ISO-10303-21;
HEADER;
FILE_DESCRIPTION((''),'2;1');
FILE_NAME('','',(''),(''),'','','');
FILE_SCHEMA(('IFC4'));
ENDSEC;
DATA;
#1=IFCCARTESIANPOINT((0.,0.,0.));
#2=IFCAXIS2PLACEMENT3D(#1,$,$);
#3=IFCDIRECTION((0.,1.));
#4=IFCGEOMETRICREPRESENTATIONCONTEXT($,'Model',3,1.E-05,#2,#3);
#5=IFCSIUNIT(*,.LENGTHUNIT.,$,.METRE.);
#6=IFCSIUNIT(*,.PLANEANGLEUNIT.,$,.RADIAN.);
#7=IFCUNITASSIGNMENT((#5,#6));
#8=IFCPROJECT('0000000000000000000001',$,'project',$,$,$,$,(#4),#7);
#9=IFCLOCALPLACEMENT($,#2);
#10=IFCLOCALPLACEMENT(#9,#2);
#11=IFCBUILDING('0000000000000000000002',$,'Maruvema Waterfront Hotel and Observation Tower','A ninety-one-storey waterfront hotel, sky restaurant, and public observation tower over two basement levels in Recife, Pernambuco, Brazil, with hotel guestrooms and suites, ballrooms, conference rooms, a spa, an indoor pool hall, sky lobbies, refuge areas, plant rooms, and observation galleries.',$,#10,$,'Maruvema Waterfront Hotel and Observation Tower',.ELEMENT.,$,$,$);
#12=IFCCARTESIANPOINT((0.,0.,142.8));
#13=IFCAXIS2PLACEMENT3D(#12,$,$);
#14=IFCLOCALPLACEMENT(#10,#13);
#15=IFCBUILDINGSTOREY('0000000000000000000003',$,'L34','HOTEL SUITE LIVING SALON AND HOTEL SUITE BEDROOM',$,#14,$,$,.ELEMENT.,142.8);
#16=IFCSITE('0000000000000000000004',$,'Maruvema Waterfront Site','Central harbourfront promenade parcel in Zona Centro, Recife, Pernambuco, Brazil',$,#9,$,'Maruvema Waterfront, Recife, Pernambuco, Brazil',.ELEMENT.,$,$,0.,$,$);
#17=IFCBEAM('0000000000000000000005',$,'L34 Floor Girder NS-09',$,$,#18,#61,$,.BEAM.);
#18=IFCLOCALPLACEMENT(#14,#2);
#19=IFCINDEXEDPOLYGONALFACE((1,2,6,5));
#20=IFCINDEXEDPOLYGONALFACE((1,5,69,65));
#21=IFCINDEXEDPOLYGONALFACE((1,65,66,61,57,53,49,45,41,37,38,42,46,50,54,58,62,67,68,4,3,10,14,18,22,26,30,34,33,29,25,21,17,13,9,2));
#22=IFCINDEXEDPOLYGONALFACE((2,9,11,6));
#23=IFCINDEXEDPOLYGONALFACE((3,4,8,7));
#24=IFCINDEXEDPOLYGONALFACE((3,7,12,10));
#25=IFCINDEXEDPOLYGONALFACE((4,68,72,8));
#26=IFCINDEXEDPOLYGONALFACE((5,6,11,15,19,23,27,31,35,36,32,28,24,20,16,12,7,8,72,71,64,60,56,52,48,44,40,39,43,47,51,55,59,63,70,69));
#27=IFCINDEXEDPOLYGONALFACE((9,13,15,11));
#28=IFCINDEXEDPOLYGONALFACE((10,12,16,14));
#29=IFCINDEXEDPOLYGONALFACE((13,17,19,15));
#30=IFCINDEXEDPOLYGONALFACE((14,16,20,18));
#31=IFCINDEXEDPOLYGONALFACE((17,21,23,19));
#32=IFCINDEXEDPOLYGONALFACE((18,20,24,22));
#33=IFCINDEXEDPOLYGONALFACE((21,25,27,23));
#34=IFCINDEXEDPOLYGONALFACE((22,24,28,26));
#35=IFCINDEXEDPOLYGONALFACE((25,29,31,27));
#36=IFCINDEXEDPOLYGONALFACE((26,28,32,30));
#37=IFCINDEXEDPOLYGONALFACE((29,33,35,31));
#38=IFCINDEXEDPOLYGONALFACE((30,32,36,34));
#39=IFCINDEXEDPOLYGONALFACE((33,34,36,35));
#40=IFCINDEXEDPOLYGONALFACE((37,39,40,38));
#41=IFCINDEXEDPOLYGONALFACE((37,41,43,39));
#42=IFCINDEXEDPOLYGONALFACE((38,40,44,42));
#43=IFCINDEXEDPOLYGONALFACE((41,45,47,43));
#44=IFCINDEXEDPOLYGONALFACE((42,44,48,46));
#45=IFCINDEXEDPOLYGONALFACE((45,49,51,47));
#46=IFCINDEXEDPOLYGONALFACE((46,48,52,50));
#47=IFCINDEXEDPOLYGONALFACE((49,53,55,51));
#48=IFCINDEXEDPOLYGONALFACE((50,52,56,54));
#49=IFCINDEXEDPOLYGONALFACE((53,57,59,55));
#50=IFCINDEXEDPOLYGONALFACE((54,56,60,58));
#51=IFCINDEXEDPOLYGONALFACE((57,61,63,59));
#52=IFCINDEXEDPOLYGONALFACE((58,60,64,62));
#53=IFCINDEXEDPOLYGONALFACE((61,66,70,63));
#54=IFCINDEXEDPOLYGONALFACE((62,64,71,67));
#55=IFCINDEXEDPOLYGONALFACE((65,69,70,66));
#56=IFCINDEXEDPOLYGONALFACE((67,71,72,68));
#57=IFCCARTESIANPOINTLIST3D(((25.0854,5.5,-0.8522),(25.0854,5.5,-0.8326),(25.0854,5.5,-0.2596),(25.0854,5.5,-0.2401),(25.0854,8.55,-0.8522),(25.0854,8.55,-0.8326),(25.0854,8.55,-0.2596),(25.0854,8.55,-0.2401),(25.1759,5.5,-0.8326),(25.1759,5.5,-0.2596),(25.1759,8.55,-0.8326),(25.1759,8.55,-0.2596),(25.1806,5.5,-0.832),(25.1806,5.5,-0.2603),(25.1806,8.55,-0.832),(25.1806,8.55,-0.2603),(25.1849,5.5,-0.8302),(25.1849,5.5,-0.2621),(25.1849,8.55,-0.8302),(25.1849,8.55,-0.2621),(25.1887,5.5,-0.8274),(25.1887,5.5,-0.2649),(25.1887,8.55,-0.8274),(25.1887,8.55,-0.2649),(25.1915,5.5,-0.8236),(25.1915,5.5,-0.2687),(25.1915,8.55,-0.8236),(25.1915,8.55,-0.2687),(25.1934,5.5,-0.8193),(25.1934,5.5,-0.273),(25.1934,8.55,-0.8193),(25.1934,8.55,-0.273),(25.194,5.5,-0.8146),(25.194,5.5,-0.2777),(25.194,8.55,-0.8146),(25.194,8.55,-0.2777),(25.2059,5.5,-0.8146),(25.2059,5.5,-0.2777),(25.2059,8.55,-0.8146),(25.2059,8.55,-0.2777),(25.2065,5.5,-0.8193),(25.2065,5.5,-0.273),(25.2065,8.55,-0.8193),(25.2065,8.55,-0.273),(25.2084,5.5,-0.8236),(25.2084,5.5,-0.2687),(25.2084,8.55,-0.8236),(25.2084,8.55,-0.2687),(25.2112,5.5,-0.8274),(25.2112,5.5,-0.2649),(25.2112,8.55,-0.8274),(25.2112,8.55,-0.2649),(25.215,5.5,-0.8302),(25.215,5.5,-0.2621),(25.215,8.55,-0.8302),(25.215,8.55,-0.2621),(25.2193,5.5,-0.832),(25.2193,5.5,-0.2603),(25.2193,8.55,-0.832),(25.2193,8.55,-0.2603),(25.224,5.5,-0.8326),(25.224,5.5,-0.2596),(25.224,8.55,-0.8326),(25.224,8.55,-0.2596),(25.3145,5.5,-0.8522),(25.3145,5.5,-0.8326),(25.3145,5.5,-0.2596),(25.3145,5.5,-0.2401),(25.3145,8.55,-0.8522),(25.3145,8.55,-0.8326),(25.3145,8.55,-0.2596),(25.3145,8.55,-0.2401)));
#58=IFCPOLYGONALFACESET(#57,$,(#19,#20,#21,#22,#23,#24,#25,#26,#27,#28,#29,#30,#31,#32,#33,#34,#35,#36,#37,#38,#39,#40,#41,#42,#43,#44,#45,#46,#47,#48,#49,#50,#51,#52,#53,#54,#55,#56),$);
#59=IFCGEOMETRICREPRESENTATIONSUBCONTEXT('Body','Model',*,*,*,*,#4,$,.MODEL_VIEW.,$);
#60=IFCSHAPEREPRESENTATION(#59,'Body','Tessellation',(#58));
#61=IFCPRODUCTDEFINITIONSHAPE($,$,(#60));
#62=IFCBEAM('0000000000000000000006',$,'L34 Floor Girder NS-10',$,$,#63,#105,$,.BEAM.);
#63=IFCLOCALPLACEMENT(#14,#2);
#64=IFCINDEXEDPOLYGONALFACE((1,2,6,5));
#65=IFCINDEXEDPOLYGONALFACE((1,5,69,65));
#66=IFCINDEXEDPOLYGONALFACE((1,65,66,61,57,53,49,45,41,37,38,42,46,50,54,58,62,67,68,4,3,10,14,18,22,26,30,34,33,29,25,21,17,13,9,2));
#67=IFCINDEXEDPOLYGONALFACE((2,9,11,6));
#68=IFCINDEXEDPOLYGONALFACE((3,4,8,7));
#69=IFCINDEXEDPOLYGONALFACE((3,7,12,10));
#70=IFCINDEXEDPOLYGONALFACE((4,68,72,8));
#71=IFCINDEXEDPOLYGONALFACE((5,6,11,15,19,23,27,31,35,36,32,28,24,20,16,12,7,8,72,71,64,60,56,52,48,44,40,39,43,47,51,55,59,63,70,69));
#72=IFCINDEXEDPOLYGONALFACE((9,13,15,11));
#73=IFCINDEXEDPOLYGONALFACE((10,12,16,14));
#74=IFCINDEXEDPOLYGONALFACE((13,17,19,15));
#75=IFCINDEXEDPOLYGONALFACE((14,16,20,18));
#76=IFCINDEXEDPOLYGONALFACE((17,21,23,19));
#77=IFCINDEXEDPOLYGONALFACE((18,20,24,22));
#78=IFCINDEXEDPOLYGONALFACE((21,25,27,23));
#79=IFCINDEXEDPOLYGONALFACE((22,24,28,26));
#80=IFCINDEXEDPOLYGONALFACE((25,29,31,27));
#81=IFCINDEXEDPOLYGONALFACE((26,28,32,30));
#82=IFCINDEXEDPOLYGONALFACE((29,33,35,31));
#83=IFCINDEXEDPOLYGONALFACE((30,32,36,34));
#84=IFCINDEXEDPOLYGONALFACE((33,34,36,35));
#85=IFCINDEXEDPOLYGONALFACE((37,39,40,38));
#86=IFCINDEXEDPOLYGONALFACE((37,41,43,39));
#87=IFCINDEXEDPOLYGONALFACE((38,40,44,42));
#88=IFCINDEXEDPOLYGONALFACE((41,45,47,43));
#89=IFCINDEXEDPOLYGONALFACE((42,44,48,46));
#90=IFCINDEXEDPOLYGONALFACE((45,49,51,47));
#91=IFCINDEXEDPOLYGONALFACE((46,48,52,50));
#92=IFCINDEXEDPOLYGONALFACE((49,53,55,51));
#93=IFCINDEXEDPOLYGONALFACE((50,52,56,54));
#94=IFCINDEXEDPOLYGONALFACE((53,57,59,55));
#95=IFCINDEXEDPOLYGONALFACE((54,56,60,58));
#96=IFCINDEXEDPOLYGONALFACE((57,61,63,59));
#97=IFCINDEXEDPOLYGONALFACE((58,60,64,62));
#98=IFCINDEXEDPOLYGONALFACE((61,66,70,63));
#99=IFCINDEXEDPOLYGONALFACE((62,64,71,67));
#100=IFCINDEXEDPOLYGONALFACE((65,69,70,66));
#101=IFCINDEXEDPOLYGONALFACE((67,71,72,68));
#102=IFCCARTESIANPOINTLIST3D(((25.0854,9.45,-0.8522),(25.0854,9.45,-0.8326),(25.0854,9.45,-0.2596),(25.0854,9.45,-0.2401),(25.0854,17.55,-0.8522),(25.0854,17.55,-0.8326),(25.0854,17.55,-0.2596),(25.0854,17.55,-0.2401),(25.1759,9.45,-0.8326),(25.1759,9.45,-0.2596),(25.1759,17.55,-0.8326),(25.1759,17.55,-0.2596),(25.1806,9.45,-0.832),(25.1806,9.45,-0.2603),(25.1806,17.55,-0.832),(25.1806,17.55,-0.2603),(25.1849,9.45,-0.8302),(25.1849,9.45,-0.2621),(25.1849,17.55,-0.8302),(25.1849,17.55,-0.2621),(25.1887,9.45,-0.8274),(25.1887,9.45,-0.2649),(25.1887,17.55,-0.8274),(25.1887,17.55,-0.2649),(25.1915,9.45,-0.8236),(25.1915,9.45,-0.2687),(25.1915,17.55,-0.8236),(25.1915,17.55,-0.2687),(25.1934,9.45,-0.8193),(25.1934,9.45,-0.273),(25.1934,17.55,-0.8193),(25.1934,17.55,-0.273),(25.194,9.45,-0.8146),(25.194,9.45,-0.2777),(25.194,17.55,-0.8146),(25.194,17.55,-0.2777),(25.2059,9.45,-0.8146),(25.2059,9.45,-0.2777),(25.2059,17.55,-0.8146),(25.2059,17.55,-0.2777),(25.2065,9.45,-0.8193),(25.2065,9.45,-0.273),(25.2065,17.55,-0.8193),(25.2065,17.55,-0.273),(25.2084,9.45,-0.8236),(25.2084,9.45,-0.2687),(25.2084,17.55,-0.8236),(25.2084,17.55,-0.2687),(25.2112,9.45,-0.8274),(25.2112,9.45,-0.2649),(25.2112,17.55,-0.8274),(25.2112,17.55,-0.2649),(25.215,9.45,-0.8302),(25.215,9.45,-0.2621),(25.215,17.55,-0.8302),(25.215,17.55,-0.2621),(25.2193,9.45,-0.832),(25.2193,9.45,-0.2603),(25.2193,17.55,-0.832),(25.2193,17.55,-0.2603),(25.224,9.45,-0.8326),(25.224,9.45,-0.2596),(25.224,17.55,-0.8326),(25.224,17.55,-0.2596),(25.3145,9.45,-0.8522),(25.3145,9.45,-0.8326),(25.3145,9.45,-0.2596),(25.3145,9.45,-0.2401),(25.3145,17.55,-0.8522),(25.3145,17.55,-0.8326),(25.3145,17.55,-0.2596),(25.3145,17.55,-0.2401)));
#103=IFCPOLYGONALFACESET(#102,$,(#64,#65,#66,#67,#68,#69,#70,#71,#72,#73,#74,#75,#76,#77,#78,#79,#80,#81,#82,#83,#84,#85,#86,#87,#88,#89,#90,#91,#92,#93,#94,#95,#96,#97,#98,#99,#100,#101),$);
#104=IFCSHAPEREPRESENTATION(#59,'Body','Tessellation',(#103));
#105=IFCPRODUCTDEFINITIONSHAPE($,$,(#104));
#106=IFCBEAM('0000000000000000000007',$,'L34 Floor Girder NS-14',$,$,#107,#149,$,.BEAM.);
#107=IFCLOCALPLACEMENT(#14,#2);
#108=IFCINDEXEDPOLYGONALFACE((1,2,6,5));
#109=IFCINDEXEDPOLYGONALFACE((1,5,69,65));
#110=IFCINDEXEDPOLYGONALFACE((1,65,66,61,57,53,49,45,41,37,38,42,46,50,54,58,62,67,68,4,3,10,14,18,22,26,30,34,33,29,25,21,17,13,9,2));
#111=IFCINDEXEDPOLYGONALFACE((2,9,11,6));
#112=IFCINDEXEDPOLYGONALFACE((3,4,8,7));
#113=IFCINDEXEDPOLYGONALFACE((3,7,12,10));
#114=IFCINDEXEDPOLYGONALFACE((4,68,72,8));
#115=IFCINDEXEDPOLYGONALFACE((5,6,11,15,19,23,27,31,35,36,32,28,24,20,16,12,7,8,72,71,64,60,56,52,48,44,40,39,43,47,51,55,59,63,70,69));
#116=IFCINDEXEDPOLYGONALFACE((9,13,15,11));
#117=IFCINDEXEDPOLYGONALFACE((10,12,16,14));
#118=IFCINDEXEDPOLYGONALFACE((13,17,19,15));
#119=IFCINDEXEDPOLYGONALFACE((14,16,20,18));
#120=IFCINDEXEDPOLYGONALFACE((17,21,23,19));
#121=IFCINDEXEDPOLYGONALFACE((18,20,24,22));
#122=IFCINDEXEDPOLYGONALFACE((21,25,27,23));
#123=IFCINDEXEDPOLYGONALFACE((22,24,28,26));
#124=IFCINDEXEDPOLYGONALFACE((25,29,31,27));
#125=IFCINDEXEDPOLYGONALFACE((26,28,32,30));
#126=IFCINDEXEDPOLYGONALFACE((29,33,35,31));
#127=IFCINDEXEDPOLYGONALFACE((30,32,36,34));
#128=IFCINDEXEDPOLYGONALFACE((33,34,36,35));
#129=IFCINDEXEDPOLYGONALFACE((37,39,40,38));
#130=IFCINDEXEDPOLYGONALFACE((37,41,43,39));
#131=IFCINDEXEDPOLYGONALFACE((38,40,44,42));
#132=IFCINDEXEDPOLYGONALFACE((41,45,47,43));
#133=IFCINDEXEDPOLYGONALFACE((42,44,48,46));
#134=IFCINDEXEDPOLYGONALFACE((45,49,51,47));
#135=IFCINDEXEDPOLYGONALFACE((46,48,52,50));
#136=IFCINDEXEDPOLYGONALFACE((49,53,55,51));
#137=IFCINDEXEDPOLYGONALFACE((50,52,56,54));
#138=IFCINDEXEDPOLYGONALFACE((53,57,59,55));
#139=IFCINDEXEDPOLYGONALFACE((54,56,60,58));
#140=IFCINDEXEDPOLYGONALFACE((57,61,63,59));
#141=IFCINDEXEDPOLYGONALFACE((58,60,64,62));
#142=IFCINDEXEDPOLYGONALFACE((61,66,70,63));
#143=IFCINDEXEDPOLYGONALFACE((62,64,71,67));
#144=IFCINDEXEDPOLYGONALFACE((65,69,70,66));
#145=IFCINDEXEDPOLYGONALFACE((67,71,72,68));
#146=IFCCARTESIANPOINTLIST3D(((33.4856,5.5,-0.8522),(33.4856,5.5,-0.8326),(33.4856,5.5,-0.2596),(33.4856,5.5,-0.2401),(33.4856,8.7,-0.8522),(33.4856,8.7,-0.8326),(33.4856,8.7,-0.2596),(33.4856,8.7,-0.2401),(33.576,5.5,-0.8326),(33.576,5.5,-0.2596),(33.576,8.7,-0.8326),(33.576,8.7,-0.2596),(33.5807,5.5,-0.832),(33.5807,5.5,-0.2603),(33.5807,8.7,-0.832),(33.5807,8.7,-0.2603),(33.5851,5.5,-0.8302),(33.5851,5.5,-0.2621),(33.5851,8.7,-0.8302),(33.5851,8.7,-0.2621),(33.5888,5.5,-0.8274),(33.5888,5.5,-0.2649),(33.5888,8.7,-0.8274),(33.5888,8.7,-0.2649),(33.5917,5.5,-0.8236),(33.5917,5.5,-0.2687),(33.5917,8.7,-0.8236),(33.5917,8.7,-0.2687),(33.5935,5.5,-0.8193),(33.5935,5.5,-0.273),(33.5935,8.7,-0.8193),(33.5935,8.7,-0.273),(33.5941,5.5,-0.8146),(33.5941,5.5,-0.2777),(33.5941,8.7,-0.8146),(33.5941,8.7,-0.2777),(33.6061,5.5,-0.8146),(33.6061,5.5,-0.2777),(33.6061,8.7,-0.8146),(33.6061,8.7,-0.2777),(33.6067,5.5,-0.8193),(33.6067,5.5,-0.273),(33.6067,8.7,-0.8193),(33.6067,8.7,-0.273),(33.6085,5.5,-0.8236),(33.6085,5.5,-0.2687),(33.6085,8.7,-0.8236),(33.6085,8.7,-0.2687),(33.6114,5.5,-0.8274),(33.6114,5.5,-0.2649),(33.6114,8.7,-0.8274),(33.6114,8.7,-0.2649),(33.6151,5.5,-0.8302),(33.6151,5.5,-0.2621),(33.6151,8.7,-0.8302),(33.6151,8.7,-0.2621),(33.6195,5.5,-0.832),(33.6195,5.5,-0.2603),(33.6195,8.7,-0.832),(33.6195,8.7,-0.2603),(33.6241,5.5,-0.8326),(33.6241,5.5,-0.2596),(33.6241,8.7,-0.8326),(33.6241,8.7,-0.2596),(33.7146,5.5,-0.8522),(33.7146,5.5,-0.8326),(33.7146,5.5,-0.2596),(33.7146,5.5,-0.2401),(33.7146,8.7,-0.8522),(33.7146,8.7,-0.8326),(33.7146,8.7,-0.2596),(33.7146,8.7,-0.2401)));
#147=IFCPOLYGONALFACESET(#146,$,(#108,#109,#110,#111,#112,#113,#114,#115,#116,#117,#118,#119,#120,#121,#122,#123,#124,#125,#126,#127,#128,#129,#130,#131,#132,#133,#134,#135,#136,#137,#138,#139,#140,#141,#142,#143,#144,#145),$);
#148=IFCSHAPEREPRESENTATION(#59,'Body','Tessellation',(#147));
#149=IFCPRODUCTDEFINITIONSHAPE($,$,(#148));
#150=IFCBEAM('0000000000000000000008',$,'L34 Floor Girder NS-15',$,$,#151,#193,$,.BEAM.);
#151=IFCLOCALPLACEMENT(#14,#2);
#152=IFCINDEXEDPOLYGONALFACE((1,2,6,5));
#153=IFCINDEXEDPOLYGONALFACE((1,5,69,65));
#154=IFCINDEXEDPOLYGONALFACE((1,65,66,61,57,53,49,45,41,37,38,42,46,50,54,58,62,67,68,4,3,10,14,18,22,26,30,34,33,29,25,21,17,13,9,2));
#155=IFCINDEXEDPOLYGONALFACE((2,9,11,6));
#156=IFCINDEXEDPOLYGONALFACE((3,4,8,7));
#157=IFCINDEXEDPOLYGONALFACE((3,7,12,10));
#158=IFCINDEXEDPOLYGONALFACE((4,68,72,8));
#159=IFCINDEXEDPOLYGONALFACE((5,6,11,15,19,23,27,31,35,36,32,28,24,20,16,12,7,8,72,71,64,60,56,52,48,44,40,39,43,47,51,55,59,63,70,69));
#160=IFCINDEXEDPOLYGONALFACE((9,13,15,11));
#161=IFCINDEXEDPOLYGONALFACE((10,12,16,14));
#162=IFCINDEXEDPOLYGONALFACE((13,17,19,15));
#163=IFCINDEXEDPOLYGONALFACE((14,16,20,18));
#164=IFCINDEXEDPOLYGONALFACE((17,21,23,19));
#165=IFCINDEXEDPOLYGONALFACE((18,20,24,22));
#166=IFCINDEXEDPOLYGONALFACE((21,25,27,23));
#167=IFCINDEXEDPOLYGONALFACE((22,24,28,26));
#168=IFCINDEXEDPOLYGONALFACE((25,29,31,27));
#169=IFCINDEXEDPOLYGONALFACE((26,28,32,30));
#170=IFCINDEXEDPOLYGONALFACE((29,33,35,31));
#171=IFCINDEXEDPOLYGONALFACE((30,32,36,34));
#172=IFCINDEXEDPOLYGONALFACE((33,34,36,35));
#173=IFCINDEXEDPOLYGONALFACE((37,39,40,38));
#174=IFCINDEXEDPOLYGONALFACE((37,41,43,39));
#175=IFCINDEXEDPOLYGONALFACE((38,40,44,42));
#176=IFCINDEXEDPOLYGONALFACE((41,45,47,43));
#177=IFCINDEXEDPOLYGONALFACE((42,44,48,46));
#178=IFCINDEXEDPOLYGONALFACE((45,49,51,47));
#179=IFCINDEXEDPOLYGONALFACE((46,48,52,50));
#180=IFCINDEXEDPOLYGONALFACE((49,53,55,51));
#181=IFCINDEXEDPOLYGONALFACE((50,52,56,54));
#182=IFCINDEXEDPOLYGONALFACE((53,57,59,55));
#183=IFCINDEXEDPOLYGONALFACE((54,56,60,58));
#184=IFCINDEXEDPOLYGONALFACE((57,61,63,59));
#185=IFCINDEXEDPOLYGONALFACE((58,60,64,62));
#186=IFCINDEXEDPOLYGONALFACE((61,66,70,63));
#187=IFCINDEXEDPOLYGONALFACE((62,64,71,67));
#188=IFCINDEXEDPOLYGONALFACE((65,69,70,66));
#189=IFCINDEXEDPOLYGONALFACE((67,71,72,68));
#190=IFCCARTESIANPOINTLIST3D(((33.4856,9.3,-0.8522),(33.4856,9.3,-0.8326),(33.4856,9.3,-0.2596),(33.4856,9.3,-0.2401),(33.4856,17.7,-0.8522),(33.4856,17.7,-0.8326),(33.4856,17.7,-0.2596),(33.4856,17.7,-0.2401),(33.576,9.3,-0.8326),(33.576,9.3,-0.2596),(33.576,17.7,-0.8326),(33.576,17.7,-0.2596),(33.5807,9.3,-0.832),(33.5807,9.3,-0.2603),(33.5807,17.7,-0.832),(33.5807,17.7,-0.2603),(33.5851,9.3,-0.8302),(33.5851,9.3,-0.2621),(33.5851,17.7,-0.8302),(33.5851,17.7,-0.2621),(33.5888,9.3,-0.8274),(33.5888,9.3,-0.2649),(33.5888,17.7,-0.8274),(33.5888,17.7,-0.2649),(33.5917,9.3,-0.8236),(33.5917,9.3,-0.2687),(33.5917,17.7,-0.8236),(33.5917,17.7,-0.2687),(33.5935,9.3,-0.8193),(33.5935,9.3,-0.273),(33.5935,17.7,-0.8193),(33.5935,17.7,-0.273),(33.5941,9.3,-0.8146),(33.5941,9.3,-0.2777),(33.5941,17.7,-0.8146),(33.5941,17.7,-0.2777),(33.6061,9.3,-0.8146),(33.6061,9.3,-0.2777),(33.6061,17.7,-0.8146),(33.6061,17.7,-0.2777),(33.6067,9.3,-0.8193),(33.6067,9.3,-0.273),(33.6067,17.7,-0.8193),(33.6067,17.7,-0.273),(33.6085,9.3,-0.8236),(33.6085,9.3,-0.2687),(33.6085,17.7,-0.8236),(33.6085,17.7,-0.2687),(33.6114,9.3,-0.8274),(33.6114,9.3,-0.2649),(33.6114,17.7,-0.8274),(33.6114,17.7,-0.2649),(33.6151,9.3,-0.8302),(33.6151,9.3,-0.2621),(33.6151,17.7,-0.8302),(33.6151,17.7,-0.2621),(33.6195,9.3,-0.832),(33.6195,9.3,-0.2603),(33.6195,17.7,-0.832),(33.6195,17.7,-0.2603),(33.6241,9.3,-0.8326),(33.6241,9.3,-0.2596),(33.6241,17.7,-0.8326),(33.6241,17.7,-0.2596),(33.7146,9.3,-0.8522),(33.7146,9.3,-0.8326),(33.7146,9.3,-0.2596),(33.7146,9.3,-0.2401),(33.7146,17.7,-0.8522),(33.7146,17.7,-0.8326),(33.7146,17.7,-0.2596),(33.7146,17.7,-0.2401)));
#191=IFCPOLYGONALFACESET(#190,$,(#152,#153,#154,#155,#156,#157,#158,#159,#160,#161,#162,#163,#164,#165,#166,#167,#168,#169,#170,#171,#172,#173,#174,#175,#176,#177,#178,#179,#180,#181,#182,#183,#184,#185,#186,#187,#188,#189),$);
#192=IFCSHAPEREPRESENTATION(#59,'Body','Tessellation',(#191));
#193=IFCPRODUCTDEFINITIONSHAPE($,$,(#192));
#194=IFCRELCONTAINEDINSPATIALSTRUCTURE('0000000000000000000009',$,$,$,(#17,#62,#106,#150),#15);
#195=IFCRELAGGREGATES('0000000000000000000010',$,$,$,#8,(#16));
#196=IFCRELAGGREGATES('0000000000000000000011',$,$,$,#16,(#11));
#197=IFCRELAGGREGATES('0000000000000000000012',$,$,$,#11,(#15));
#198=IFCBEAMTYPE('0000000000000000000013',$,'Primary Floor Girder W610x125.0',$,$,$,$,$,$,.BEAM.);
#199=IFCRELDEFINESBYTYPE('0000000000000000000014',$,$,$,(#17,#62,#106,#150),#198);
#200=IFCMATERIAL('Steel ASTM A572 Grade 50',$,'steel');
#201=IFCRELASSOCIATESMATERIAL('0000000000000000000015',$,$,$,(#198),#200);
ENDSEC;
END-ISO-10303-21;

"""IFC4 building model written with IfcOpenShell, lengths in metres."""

from ifc_helpers import new_model, si_unit, direction, frame, origin, origin_2d, place, context, subcontext, project, spatial, i_section, extrude, material, material_profile, profile_set, type_object, element, save


model = new_model("IFC4")

# Units and contexts
model_context = context("Model", 3, precision=1e-05, world=origin(), true_north=direction((0.0, 1.0)))
body_context = subcontext(model_context, "Body", "Model", "MODEL_VIEW")
ifc_project = project(units=[si_unit("LENGTHUNIT", "METRE"), si_unit("PLANEANGLEUNIT", "RADIAN")], contexts=[model_context])

# Site, building, storey
site_placement = place(None, origin())
site = spatial("IfcSite", under=ifc_project, at=site_placement, Name="Maruvema Waterfront Site", Description="Central harbourfront promenade parcel in Zona Centro, Recife, Pernambuco, Brazil", LongName="Maruvema Waterfront, Recife, Pernambuco, Brazil", CompositionType="ELEMENT", RefElevation=0.0)
building_placement = place(site_placement, origin())
building = spatial("IfcBuilding", under=site, at=building_placement, Name="Maruvema Waterfront Hotel and Observation Tower", Description="A ninety-one-storey waterfront hotel, sky restaurant, and public observation tower over two basement levels in Recife, Pernambuco, Brazil, with hotel guestrooms and suites, ballrooms, conference rooms, a spa, an indoor pool hall, sky lobbies, refuge areas, plant rooms, and observation galleries.", LongName="Maruvema Waterfront Hotel and Observation Tower", CompositionType="ELEMENT")
storey_placement = place(building_placement, frame((0.0, 0.0, 142.8)))
storey = spatial("IfcBuildingStorey", under=building, at=storey_placement, Name="L34", Description="HOTEL SUITE LIVING SALON AND HOTEL SUITE BEDROOM", CompositionType="ELEMENT", Elevation=142.8)

# Beams
ifc_material_1 = material(Name="Steel ASTM A572 Grade 50", Category="steel")
ifc_material_profile_1 = material_profile(ifc_material_1, i_section(OverallWidth=0.229, OverallDepth=0.6121, WebThickness=0.012, FlangeThickness=0.0195, FilletRadius=0.0181, at=origin_2d()), Name="W610x125.0")
ifc_profile_set_1 = profile_set([ifc_material_profile_1], Name="Steel ASTM A572 Grade 50")
beam_type_1 = type_object("IfcBeamType", Name="Primary Floor Girder W610x125.0", PredefinedType="BEAM", material=ifc_profile_set_1)
beam_1_placement = place(storey_placement, frame((25.2, 5.5, -0.5461), z_axis=(0.0, 1.0, 0.0), x_axis=(-1.0, 0.0, 0.0)))
element("IfcBeam", 1, at=beam_1_placement, inside=storey, type_object=beam_type_1, Name="L34 Floor Girder NS-09", PredefinedType="BEAM", context=body_context, shape_type="SweptSolid", body=[
    extrude(i_section(OverallWidth=0.229, OverallDepth=0.6121, WebThickness=0.012, FlangeThickness=0.0195, FilletRadius=0.0181, at=origin_2d()), origin(), (0.0, 0.0, 1.0), 3.05),
])
beam_2_placement = place(storey_placement, frame((25.2, 9.45, -0.5461), z_axis=(0.0, 1.0, 0.0), x_axis=(-1.0, 0.0, 0.0)))
element("IfcBeam", 2, at=beam_2_placement, inside=storey, type_object=beam_type_1, Name="L34 Floor Girder NS-10", PredefinedType="BEAM", context=body_context, shape_type="SweptSolid", body=[
    extrude(i_section(OverallWidth=0.229, OverallDepth=0.6121, WebThickness=0.012, FlangeThickness=0.0195, FilletRadius=0.0181, at=origin_2d()), origin(), (0.0, 0.0, 1.0), 8.1001),
])
beam_3_placement = place(storey_placement, frame((33.6001, 5.5, -0.5461), z_axis=(0.0, 1.0, 0.0), x_axis=(-1.0, 0.0, 0.0)))
element("IfcBeam", 3, at=beam_3_placement, inside=storey, type_object=beam_type_1, Name="L34 Floor Girder NS-14", PredefinedType="BEAM", context=body_context, shape_type="SweptSolid", body=[
    extrude(i_section(OverallWidth=0.229, OverallDepth=0.6121, WebThickness=0.012, FlangeThickness=0.0195, FilletRadius=0.0181, at=origin_2d()), origin(), (0.0, 0.0, 1.0), 3.2),
])
beam_4_placement = place(storey_placement, frame((33.6001, 9.3, -0.5461), z_axis=(0.0, 1.0, 0.0), x_axis=(-1.0, 0.0, 0.0)))
element("IfcBeam", 4, at=beam_4_placement, inside=storey, type_object=beam_type_1, Name="L34 Floor Girder NS-15", PredefinedType="BEAM", context=body_context, shape_type="SweptSolid", body=[
    extrude(i_section(OverallWidth=0.229, OverallDepth=0.6121, WebThickness=0.012, FlangeThickness=0.0195, FilletRadius=0.0181, at=origin_2d()), origin(), (0.0, 0.0, 1.0), 8.3999),
])

save(model, "model.ifc")
